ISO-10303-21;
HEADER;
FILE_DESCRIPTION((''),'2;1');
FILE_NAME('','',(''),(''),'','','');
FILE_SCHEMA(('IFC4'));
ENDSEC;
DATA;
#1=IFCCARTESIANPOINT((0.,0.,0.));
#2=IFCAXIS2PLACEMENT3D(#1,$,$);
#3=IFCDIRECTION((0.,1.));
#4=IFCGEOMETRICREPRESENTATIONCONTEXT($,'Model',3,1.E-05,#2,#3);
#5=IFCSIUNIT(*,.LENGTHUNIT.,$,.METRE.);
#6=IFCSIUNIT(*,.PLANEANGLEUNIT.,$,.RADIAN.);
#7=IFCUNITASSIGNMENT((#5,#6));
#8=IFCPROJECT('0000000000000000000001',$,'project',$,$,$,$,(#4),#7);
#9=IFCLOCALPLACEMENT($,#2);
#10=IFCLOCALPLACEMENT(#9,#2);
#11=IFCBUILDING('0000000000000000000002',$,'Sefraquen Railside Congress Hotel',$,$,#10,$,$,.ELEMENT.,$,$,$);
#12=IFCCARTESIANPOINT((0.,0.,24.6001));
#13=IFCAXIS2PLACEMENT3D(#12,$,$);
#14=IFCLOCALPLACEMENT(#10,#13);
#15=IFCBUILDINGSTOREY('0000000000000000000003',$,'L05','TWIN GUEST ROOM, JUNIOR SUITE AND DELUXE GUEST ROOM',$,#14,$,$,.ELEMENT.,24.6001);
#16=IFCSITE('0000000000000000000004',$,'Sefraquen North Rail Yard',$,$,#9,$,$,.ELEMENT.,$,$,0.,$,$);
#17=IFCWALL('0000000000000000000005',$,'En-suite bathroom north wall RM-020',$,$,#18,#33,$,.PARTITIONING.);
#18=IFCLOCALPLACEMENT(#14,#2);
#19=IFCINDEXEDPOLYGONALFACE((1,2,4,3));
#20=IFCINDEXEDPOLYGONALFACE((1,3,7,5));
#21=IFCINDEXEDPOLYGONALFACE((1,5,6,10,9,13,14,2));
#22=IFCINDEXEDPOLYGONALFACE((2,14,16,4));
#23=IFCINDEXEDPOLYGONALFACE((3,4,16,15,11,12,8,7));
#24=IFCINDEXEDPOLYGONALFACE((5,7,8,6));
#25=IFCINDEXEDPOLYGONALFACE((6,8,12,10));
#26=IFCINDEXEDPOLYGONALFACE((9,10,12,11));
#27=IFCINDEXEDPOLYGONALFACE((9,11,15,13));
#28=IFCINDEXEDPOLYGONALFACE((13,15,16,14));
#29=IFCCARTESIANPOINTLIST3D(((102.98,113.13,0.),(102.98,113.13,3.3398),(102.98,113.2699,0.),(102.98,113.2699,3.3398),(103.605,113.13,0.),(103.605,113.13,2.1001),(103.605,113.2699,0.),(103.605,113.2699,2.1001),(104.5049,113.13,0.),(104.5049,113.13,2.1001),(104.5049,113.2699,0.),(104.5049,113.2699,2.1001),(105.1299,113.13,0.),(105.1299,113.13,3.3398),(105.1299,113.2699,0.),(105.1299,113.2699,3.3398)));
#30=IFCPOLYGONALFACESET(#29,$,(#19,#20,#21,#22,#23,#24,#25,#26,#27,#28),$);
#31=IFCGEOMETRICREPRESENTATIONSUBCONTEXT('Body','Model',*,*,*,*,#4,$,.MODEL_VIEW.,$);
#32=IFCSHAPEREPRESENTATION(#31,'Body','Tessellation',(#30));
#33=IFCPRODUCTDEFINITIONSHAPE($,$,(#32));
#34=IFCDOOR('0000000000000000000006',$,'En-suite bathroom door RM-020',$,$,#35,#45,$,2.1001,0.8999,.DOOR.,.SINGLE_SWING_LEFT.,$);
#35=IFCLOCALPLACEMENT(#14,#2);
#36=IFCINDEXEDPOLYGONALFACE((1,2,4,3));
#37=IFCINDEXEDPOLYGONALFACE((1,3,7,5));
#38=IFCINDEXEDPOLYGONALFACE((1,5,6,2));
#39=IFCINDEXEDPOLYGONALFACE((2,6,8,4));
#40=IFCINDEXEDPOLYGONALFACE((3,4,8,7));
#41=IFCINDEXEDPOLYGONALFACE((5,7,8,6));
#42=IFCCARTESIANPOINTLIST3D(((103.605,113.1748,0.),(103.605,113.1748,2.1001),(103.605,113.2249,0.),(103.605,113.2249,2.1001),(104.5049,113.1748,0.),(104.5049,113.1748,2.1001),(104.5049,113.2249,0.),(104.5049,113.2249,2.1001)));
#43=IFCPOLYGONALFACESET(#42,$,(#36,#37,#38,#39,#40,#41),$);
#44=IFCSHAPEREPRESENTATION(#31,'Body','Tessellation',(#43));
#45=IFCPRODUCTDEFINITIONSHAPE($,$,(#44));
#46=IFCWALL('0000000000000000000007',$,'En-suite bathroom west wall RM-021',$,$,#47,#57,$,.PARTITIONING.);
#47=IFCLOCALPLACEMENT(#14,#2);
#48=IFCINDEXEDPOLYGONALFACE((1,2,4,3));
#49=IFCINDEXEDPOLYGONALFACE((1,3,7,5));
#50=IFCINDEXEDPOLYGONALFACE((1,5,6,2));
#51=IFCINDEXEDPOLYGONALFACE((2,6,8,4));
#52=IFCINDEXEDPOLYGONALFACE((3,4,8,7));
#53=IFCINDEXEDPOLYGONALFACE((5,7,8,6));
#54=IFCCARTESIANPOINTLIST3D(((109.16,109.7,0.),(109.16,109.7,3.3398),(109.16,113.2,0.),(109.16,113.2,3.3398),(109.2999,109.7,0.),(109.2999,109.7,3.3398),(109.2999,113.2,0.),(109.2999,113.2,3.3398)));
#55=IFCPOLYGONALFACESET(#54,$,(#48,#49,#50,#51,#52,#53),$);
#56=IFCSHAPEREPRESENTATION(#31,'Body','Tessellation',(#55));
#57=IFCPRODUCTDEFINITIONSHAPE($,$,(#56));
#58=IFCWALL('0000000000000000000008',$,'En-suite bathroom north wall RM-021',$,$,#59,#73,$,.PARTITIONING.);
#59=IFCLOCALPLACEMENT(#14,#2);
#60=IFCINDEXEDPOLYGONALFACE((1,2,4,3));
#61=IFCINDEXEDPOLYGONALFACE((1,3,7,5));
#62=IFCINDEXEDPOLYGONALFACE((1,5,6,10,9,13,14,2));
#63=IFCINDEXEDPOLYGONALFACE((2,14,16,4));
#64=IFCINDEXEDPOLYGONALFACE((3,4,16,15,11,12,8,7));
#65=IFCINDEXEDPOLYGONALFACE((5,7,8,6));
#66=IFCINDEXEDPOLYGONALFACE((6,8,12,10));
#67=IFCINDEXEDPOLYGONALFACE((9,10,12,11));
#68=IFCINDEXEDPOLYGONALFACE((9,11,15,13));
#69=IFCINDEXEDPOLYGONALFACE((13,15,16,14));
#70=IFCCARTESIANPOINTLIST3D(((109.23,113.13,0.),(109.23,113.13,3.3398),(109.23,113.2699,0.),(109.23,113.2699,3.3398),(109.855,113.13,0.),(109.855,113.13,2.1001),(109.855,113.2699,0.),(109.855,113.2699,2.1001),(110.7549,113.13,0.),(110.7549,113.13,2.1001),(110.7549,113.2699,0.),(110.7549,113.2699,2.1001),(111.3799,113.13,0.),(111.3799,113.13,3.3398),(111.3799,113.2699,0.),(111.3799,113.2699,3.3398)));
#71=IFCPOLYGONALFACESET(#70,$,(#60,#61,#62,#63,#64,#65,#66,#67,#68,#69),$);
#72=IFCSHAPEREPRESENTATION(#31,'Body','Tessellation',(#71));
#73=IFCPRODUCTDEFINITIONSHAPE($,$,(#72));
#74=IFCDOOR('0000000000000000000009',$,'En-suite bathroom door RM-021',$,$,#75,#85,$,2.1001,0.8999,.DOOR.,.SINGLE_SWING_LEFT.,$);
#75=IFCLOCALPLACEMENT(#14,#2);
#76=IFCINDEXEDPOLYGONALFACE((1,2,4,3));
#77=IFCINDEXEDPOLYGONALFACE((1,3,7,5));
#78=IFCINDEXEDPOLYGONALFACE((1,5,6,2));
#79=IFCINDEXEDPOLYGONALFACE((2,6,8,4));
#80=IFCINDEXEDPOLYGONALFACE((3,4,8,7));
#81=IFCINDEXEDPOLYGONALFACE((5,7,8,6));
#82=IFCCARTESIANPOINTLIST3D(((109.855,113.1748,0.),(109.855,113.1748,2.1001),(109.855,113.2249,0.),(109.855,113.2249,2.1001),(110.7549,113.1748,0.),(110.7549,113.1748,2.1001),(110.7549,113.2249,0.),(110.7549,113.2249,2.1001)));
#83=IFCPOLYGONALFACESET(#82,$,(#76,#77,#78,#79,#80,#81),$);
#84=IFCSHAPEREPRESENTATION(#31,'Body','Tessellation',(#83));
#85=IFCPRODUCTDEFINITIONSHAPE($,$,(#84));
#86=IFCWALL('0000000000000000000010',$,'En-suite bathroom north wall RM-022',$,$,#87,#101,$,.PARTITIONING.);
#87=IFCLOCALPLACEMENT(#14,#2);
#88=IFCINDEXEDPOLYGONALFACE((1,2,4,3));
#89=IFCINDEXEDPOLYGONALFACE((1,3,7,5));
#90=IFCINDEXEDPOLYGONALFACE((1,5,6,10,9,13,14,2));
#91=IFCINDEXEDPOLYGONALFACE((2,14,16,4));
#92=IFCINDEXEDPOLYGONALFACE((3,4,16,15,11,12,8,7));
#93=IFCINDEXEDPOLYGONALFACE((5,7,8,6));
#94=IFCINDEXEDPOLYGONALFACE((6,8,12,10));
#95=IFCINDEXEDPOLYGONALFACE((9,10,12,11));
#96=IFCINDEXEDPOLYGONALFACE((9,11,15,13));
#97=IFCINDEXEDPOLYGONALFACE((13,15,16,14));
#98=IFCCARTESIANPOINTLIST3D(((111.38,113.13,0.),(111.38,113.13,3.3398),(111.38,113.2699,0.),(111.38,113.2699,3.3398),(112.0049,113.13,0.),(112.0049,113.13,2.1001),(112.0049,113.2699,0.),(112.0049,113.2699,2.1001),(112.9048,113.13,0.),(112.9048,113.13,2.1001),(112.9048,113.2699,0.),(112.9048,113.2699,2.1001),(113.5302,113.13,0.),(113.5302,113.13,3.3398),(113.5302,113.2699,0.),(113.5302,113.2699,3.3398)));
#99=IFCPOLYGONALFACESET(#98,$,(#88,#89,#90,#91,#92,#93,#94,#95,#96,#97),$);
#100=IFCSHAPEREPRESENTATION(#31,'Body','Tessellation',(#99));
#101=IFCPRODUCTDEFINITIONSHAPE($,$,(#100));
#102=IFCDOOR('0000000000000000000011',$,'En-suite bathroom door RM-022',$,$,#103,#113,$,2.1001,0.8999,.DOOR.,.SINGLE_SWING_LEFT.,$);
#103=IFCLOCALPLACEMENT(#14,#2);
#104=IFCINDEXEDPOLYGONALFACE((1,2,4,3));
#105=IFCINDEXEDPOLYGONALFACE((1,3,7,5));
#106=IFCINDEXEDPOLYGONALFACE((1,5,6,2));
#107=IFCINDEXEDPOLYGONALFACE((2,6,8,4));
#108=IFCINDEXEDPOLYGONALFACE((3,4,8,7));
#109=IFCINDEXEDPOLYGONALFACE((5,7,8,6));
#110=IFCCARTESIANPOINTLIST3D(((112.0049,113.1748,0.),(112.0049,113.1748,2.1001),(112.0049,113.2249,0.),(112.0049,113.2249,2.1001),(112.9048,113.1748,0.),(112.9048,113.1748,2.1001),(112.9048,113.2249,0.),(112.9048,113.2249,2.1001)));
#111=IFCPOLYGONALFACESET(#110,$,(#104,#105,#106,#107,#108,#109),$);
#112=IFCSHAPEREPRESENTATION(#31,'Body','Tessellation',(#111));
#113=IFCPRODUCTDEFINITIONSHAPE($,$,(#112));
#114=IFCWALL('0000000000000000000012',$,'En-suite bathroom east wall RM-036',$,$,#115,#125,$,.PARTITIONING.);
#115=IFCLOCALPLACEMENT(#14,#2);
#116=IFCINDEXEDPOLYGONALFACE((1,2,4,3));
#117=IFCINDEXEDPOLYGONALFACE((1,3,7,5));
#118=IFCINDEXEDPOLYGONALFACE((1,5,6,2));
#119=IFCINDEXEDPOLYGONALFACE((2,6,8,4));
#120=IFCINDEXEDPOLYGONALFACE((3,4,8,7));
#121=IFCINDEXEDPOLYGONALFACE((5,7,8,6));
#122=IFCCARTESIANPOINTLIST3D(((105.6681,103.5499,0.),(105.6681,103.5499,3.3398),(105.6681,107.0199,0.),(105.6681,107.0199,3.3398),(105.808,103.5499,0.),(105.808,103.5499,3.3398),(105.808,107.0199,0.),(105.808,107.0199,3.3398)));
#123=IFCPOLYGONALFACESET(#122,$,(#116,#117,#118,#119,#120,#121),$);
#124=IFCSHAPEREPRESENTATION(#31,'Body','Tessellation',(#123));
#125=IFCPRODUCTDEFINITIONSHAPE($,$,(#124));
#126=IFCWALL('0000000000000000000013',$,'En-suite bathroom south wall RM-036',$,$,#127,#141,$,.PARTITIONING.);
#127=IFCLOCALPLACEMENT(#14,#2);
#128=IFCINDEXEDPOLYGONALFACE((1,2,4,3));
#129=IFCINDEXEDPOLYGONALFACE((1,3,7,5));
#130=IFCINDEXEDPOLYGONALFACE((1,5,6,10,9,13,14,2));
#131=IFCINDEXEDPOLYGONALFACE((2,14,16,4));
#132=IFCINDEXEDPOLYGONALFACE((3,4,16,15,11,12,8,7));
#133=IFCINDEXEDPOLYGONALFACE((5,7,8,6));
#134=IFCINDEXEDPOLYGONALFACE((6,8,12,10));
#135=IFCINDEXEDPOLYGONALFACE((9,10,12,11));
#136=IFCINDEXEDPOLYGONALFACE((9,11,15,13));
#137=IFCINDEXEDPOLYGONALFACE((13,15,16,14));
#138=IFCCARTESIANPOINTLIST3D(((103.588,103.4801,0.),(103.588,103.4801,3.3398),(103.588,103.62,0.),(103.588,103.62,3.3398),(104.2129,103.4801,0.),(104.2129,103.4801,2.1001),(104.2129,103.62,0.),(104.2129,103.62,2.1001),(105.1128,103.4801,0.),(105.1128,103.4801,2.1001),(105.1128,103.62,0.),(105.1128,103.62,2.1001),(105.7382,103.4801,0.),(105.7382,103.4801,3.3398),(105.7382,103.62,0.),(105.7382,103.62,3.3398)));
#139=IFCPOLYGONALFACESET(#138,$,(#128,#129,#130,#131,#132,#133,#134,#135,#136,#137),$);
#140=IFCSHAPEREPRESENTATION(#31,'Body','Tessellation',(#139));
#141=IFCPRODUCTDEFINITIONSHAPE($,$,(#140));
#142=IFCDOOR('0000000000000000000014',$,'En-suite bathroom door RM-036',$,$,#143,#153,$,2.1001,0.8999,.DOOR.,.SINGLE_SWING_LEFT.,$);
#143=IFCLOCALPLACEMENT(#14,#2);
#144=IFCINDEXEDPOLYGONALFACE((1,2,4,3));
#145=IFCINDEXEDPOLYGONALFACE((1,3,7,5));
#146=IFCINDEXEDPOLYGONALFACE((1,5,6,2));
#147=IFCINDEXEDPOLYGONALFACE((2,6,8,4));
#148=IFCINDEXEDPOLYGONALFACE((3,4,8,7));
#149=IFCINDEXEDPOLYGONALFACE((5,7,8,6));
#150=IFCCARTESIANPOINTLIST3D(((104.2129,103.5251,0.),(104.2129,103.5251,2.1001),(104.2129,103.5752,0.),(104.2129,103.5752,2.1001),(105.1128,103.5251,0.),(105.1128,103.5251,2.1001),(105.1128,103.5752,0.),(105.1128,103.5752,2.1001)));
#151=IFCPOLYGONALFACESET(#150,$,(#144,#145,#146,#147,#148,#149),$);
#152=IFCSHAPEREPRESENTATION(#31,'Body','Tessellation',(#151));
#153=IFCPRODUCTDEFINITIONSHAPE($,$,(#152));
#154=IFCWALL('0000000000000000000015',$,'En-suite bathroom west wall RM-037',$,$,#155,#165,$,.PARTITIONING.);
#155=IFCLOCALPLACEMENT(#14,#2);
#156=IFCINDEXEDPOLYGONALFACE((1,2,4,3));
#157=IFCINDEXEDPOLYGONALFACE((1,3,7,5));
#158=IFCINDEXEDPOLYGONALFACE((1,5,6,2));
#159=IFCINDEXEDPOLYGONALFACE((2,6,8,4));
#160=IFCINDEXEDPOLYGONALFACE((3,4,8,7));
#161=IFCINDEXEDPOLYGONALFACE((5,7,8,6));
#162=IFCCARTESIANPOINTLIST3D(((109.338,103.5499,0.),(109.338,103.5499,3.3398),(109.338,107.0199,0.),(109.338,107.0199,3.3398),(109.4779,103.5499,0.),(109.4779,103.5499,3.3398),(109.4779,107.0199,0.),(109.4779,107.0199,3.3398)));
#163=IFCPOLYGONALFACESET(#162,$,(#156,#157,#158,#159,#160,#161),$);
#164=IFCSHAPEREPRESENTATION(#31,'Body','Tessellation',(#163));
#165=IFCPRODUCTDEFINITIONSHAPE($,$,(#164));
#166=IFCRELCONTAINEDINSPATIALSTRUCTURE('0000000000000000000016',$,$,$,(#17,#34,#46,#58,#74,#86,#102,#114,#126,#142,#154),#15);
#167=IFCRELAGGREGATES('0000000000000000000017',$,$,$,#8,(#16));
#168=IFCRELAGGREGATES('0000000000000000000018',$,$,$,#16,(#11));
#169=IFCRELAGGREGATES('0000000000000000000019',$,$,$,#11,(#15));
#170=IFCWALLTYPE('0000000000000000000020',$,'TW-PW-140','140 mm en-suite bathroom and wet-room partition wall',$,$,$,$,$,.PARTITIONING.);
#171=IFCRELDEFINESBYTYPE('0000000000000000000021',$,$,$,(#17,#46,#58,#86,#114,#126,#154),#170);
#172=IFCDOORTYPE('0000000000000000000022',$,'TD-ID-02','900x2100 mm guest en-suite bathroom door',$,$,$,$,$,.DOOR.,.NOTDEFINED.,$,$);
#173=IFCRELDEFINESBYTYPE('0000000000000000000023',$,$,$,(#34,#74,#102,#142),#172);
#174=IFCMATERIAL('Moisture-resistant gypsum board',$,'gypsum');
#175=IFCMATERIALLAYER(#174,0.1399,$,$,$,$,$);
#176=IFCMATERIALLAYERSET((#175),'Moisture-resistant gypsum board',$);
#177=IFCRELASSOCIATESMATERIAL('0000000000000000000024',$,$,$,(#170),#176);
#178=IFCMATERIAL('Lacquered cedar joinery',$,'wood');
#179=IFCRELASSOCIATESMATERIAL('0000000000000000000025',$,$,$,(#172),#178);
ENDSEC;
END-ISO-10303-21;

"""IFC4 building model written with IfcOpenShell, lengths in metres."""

from ifc_helpers import new_model, si_unit, direction, frame, frame_2d, origin, place, context, subcontext, project, spatial, rectangle, extrude, material, layer, layer_set, type_object, element, fill, save


model = new_model("IFC4")

# Units and contexts
model_context = context("Model", 3, precision=1e-05, world=origin(), true_north=direction((0.0, 1.0)))
body_context = subcontext(model_context, "Body", "Model", "MODEL_VIEW")
ifc_project = project(units=[si_unit("LENGTHUNIT", "METRE"), si_unit("PLANEANGLEUNIT", "RADIAN")], contexts=[model_context])

# Site, building, storey
site_placement = place(None, origin())
site = spatial("IfcSite", under=ifc_project, at=site_placement, Name="Sefraquen North Rail Yard", CompositionType="ELEMENT", RefElevation=0.0)
building_placement = place(site_placement, origin())
building = spatial("IfcBuilding", under=site, at=building_placement, Name="Sefraquen Railside Congress Hotel", CompositionType="ELEMENT")
storey_placement = place(building_placement, frame((0.0, 0.0, 24.6001)))
storey = spatial("IfcBuildingStorey", under=building, at=storey_placement, Name="L05", Description="TWIN GUEST ROOM, JUNIOR SUITE AND DELUXE GUEST ROOM", CompositionType="ELEMENT", Elevation=24.6001)

# Shared definitions
ifc_material_1 = material(Name="Moisture-resistant gypsum board", Category="gypsum")
ifc_layer_1 = layer(ifc_material_1, 0.1399)
ifc_layer_set_1 = layer_set([ifc_layer_1], Name="Moisture-resistant gypsum board")
wall_type_1 = type_object("IfcWallType", Name="TW-PW-140", Description="140 mm en-suite bathroom and wet-room partition wall", PredefinedType="PARTITIONING", material=ifc_layer_set_1)

# Wall, opening, door
wall_1_placement = place(storey_placement, frame((102.98, 113.2, 0.0), z_axis=(0.0, 0.0, 1.0), x_axis=(1.0, 0.0, 0.0)))
wall_1 = element("IfcWall", 1, at=wall_1_placement, inside=storey, type_object=wall_type_1, Name="En-suite bathroom north wall RM-020", PredefinedType="PARTITIONING", context=body_context, shape_type="SweptSolid", body=[
    extrude(rectangle(XDim=2.1499, YDim=0.1399, at=frame_2d((1.075, 0.0))), origin(), (0.0, 0.0, 1.0), 3.3398),
])
opening_1_placement = place(wall_1_placement, frame((0.625, 0.0, 0.0)))
opening_1 = element("IfcOpeningElement", 2, at=opening_1_placement, cuts=wall_1, PredefinedType="OPENING", context=body_context, shape_type="SweptSolid", body=[
    extrude(rectangle(XDim=0.8999, YDim=2.1001, at=frame_2d((0.45, 1.05))), frame((0.0, 0.0798, 0.0), z_axis=(0.0, -1.0, 0.0), x_axis=(1.0, 0.0, 0.0)), (0.0, 0.0, 1.0), 0.1599),
])
ifc_material_2 = material(Name="Lacquered cedar joinery", Category="wood")
door_type = type_object("IfcDoorType", Name="TD-ID-02", Description="900x2100 mm guest en-suite bathroom door", OperationType="NOTDEFINED", PredefinedType="DOOR", material=ifc_material_2)
door_1_placement = place(opening_1_placement, origin())
door_1 = element("IfcDoor", 3, at=door_1_placement, inside=storey, type_object=door_type, Name="En-suite bathroom door RM-020", OperationType="SINGLE_SWING_LEFT", OverallHeight=2.1001, OverallWidth=0.8999, PredefinedType="DOOR", context=body_context, shape_type="SweptSolid", body=[
    extrude(rectangle(XDim=0.8999, YDim=2.1001, at=frame_2d((0.45, 1.05))), frame((0.0, 0.0249, 0.0), z_axis=(0.0, -1.0, 0.0), x_axis=(1.0, 0.0, 0.0)), (0.0, 0.0, 1.0), 0.05),
])
fill(opening_1, door_1)

# Wall
wall_2_placement = place(storey_placement, frame((109.23, 109.7, 0.0), z_axis=(0.0, 0.0, 1.0), x_axis=(0.0, 1.0, 0.0)))
element("IfcWall", 4, at=wall_2_placement, inside=storey, type_object=wall_type_1, Name="En-suite bathroom west wall RM-021", PredefinedType="PARTITIONING", context=body_context, shape_type="SweptSolid", body=[
    extrude(rectangle(XDim=3.5, YDim=0.1399, at=frame_2d((1.75, 0.0))), origin(), (0.0, 0.0, 1.0), 3.3398),
])

# Walls, openings, doors
wall_3_placement = place(storey_placement, frame((109.23, 113.2, 0.0), z_axis=(0.0, 0.0, 1.0), x_axis=(1.0, 0.0, 0.0)))
wall_3 = element("IfcWall", 5, at=wall_3_placement, inside=storey, type_object=wall_type_1, Name="En-suite bathroom north wall RM-021", PredefinedType="PARTITIONING", context=body_context, shape_type="SweptSolid", body=[
    extrude(rectangle(XDim=2.1499, YDim=0.1399, at=frame_2d((1.075, 0.0))), origin(), (0.0, 0.0, 1.0), 3.3398),
])
opening_2_placement = place(wall_3_placement, frame((0.625, 0.0, 0.0)))
opening_2 = element("IfcOpeningElement", 6, at=opening_2_placement, cuts=wall_3, PredefinedType="OPENING", context=body_context, shape_type="SweptSolid", body=[
    extrude(rectangle(XDim=0.8999, YDim=2.1001, at=frame_2d((0.45, 1.05))), frame((0.0, 0.0798, 0.0), z_axis=(0.0, -1.0, 0.0), x_axis=(1.0, 0.0, 0.0)), (0.0, 0.0, 1.0), 0.1599),
])
door_2_placement = place(opening_2_placement, origin())
door_2 = element("IfcDoor", 7, at=door_2_placement, inside=storey, type_object=door_type, Name="En-suite bathroom door RM-021", OperationType="SINGLE_SWING_LEFT", OverallHeight=2.1001, OverallWidth=0.8999, PredefinedType="DOOR", context=body_context, shape_type="SweptSolid", body=[
    extrude(rectangle(XDim=0.8999, YDim=2.1001, at=frame_2d((0.45, 1.05))), frame((0.0, 0.0249, 0.0), z_axis=(0.0, -1.0, 0.0), x_axis=(1.0, 0.0, 0.0)), (0.0, 0.0, 1.0), 0.05),
])
fill(opening_2, door_2)
wall_4_placement = place(storey_placement, frame((111.3799, 113.2, 0.0), z_axis=(0.0, 0.0, 1.0), x_axis=(1.0, 0.0, 0.0)))
wall_4 = element("IfcWall", 8, at=wall_4_placement, inside=storey, type_object=wall_type_1, Name="En-suite bathroom north wall RM-022", PredefinedType="PARTITIONING", context=body_context, shape_type="SweptSolid", body=[
    extrude(rectangle(XDim=2.1501, YDim=0.1399, at=frame_2d((1.0752, 0.0))), origin(), (0.0, 0.0, 1.0), 3.3398),
])
opening_3_placement = place(wall_4_placement, frame((0.625, 0.0, 0.0)))
opening_3 = element("IfcOpeningElement", 9, at=opening_3_placement, cuts=wall_4, PredefinedType="OPENING", context=body_context, shape_type="SweptSolid", body=[
    extrude(rectangle(XDim=0.8999, YDim=2.1001, at=frame_2d((0.45, 1.05))), frame((0.0, 0.0798, 0.0), z_axis=(0.0, -1.0, 0.0), x_axis=(1.0, 0.0, 0.0)), (0.0, 0.0, 1.0), 0.1599),
])
door_3_placement = place(opening_3_placement, origin())
door_3 = element("IfcDoor", 10, at=door_3_placement, inside=storey, type_object=door_type, Name="En-suite bathroom door RM-022", OperationType="SINGLE_SWING_LEFT", OverallHeight=2.1001, OverallWidth=0.8999, PredefinedType="DOOR", context=body_context, shape_type="SweptSolid", body=[
    extrude(rectangle(XDim=0.8999, YDim=2.1001, at=frame_2d((0.45, 1.05))), frame((0.0, 0.0249, 0.0), z_axis=(0.0, -1.0, 0.0), x_axis=(1.0, 0.0, 0.0)), (0.0, 0.0, 1.0), 0.05),
])
fill(opening_3, door_3)

# Wall
wall_5_placement = place(storey_placement, frame((105.738, 103.55, 0.0), z_axis=(0.0, 0.0, 1.0), x_axis=(0.0, 1.0, 0.0)))
element("IfcWall", 11, at=wall_5_placement, inside=storey, type_object=wall_type_1, Name="En-suite bathroom east wall RM-036", PredefinedType="PARTITIONING", context=body_context, shape_type="SweptSolid", body=[
    extrude(rectangle(XDim=3.47, YDim=0.1399, at=frame_2d((1.7349, 0.0))), origin(), (0.0, 0.0, 1.0), 3.3398),
])

# Wall, opening, door
wall_6_placement = place(storey_placement, frame((103.5879, 103.55, 0.0), z_axis=(0.0, 0.0, 1.0), x_axis=(1.0, 0.0, 0.0)))
wall_6 = element("IfcWall", 12, at=wall_6_placement, inside=storey, type_object=wall_type_1, Name="En-suite bathroom south wall RM-036", PredefinedType="PARTITIONING", context=body_context, shape_type="SweptSolid", body=[
    extrude(rectangle(XDim=2.1501, YDim=0.1399, at=frame_2d((1.0752, 0.0))), origin(), (0.0, 0.0, 1.0), 3.3398),
])
opening_4_placement = place(wall_6_placement, frame((0.625, 0.0, 0.0)))
opening_4 = element("IfcOpeningElement", 13, at=opening_4_placement, cuts=wall_6, PredefinedType="OPENING", context=body_context, shape_type="SweptSolid", body=[
    extrude(rectangle(XDim=0.8999, YDim=2.1001, at=frame_2d((0.45, 1.05))), frame((0.0, 0.0798, 0.0), z_axis=(0.0, -1.0, 0.0), x_axis=(1.0, 0.0, 0.0)), (0.0, 0.0, 1.0), 0.1599),
])
door_4_placement = place(opening_4_placement, frame((0.8999, 0.0, 0.0), z_axis=(0.0, 0.0, 1.0), x_axis=(-1.0, 0.0, 0.0)))
door_4 = element("IfcDoor", 14, at=door_4_placement, inside=storey, type_object=door_type, Name="En-suite bathroom door RM-036", OperationType="SINGLE_SWING_LEFT", OverallHeight=2.1001, OverallWidth=0.8999, PredefinedType="DOOR", context=body_context, shape_type="SweptSolid", body=[
    extrude(rectangle(XDim=0.8999, YDim=2.1001, at=frame_2d((0.45, 1.05))), frame((0.0, 0.0249, 0.0), z_axis=(0.0, -1.0, 0.0), x_axis=(1.0, 0.0, 0.0)), (0.0, 0.0, 1.0), 0.05),
])
fill(opening_4, door_4)

# Wall
wall_7_placement = place(storey_placement, frame((109.408, 103.55, 0.0), z_axis=(0.0, 0.0, 1.0), x_axis=(0.0, 1.0, 0.0)))
element("IfcWall", 15, at=wall_7_placement, inside=storey, type_object=wall_type_1, Name="En-suite bathroom west wall RM-037", PredefinedType="PARTITIONING", context=body_context, shape_type="SweptSolid", body=[
    extrude(rectangle(XDim=3.47, YDim=0.1399, at=frame_2d((1.7349, 0.0))), origin(), (0.0, 0.0, 1.0), 3.3398),
])

save(model, "model.ifc")
